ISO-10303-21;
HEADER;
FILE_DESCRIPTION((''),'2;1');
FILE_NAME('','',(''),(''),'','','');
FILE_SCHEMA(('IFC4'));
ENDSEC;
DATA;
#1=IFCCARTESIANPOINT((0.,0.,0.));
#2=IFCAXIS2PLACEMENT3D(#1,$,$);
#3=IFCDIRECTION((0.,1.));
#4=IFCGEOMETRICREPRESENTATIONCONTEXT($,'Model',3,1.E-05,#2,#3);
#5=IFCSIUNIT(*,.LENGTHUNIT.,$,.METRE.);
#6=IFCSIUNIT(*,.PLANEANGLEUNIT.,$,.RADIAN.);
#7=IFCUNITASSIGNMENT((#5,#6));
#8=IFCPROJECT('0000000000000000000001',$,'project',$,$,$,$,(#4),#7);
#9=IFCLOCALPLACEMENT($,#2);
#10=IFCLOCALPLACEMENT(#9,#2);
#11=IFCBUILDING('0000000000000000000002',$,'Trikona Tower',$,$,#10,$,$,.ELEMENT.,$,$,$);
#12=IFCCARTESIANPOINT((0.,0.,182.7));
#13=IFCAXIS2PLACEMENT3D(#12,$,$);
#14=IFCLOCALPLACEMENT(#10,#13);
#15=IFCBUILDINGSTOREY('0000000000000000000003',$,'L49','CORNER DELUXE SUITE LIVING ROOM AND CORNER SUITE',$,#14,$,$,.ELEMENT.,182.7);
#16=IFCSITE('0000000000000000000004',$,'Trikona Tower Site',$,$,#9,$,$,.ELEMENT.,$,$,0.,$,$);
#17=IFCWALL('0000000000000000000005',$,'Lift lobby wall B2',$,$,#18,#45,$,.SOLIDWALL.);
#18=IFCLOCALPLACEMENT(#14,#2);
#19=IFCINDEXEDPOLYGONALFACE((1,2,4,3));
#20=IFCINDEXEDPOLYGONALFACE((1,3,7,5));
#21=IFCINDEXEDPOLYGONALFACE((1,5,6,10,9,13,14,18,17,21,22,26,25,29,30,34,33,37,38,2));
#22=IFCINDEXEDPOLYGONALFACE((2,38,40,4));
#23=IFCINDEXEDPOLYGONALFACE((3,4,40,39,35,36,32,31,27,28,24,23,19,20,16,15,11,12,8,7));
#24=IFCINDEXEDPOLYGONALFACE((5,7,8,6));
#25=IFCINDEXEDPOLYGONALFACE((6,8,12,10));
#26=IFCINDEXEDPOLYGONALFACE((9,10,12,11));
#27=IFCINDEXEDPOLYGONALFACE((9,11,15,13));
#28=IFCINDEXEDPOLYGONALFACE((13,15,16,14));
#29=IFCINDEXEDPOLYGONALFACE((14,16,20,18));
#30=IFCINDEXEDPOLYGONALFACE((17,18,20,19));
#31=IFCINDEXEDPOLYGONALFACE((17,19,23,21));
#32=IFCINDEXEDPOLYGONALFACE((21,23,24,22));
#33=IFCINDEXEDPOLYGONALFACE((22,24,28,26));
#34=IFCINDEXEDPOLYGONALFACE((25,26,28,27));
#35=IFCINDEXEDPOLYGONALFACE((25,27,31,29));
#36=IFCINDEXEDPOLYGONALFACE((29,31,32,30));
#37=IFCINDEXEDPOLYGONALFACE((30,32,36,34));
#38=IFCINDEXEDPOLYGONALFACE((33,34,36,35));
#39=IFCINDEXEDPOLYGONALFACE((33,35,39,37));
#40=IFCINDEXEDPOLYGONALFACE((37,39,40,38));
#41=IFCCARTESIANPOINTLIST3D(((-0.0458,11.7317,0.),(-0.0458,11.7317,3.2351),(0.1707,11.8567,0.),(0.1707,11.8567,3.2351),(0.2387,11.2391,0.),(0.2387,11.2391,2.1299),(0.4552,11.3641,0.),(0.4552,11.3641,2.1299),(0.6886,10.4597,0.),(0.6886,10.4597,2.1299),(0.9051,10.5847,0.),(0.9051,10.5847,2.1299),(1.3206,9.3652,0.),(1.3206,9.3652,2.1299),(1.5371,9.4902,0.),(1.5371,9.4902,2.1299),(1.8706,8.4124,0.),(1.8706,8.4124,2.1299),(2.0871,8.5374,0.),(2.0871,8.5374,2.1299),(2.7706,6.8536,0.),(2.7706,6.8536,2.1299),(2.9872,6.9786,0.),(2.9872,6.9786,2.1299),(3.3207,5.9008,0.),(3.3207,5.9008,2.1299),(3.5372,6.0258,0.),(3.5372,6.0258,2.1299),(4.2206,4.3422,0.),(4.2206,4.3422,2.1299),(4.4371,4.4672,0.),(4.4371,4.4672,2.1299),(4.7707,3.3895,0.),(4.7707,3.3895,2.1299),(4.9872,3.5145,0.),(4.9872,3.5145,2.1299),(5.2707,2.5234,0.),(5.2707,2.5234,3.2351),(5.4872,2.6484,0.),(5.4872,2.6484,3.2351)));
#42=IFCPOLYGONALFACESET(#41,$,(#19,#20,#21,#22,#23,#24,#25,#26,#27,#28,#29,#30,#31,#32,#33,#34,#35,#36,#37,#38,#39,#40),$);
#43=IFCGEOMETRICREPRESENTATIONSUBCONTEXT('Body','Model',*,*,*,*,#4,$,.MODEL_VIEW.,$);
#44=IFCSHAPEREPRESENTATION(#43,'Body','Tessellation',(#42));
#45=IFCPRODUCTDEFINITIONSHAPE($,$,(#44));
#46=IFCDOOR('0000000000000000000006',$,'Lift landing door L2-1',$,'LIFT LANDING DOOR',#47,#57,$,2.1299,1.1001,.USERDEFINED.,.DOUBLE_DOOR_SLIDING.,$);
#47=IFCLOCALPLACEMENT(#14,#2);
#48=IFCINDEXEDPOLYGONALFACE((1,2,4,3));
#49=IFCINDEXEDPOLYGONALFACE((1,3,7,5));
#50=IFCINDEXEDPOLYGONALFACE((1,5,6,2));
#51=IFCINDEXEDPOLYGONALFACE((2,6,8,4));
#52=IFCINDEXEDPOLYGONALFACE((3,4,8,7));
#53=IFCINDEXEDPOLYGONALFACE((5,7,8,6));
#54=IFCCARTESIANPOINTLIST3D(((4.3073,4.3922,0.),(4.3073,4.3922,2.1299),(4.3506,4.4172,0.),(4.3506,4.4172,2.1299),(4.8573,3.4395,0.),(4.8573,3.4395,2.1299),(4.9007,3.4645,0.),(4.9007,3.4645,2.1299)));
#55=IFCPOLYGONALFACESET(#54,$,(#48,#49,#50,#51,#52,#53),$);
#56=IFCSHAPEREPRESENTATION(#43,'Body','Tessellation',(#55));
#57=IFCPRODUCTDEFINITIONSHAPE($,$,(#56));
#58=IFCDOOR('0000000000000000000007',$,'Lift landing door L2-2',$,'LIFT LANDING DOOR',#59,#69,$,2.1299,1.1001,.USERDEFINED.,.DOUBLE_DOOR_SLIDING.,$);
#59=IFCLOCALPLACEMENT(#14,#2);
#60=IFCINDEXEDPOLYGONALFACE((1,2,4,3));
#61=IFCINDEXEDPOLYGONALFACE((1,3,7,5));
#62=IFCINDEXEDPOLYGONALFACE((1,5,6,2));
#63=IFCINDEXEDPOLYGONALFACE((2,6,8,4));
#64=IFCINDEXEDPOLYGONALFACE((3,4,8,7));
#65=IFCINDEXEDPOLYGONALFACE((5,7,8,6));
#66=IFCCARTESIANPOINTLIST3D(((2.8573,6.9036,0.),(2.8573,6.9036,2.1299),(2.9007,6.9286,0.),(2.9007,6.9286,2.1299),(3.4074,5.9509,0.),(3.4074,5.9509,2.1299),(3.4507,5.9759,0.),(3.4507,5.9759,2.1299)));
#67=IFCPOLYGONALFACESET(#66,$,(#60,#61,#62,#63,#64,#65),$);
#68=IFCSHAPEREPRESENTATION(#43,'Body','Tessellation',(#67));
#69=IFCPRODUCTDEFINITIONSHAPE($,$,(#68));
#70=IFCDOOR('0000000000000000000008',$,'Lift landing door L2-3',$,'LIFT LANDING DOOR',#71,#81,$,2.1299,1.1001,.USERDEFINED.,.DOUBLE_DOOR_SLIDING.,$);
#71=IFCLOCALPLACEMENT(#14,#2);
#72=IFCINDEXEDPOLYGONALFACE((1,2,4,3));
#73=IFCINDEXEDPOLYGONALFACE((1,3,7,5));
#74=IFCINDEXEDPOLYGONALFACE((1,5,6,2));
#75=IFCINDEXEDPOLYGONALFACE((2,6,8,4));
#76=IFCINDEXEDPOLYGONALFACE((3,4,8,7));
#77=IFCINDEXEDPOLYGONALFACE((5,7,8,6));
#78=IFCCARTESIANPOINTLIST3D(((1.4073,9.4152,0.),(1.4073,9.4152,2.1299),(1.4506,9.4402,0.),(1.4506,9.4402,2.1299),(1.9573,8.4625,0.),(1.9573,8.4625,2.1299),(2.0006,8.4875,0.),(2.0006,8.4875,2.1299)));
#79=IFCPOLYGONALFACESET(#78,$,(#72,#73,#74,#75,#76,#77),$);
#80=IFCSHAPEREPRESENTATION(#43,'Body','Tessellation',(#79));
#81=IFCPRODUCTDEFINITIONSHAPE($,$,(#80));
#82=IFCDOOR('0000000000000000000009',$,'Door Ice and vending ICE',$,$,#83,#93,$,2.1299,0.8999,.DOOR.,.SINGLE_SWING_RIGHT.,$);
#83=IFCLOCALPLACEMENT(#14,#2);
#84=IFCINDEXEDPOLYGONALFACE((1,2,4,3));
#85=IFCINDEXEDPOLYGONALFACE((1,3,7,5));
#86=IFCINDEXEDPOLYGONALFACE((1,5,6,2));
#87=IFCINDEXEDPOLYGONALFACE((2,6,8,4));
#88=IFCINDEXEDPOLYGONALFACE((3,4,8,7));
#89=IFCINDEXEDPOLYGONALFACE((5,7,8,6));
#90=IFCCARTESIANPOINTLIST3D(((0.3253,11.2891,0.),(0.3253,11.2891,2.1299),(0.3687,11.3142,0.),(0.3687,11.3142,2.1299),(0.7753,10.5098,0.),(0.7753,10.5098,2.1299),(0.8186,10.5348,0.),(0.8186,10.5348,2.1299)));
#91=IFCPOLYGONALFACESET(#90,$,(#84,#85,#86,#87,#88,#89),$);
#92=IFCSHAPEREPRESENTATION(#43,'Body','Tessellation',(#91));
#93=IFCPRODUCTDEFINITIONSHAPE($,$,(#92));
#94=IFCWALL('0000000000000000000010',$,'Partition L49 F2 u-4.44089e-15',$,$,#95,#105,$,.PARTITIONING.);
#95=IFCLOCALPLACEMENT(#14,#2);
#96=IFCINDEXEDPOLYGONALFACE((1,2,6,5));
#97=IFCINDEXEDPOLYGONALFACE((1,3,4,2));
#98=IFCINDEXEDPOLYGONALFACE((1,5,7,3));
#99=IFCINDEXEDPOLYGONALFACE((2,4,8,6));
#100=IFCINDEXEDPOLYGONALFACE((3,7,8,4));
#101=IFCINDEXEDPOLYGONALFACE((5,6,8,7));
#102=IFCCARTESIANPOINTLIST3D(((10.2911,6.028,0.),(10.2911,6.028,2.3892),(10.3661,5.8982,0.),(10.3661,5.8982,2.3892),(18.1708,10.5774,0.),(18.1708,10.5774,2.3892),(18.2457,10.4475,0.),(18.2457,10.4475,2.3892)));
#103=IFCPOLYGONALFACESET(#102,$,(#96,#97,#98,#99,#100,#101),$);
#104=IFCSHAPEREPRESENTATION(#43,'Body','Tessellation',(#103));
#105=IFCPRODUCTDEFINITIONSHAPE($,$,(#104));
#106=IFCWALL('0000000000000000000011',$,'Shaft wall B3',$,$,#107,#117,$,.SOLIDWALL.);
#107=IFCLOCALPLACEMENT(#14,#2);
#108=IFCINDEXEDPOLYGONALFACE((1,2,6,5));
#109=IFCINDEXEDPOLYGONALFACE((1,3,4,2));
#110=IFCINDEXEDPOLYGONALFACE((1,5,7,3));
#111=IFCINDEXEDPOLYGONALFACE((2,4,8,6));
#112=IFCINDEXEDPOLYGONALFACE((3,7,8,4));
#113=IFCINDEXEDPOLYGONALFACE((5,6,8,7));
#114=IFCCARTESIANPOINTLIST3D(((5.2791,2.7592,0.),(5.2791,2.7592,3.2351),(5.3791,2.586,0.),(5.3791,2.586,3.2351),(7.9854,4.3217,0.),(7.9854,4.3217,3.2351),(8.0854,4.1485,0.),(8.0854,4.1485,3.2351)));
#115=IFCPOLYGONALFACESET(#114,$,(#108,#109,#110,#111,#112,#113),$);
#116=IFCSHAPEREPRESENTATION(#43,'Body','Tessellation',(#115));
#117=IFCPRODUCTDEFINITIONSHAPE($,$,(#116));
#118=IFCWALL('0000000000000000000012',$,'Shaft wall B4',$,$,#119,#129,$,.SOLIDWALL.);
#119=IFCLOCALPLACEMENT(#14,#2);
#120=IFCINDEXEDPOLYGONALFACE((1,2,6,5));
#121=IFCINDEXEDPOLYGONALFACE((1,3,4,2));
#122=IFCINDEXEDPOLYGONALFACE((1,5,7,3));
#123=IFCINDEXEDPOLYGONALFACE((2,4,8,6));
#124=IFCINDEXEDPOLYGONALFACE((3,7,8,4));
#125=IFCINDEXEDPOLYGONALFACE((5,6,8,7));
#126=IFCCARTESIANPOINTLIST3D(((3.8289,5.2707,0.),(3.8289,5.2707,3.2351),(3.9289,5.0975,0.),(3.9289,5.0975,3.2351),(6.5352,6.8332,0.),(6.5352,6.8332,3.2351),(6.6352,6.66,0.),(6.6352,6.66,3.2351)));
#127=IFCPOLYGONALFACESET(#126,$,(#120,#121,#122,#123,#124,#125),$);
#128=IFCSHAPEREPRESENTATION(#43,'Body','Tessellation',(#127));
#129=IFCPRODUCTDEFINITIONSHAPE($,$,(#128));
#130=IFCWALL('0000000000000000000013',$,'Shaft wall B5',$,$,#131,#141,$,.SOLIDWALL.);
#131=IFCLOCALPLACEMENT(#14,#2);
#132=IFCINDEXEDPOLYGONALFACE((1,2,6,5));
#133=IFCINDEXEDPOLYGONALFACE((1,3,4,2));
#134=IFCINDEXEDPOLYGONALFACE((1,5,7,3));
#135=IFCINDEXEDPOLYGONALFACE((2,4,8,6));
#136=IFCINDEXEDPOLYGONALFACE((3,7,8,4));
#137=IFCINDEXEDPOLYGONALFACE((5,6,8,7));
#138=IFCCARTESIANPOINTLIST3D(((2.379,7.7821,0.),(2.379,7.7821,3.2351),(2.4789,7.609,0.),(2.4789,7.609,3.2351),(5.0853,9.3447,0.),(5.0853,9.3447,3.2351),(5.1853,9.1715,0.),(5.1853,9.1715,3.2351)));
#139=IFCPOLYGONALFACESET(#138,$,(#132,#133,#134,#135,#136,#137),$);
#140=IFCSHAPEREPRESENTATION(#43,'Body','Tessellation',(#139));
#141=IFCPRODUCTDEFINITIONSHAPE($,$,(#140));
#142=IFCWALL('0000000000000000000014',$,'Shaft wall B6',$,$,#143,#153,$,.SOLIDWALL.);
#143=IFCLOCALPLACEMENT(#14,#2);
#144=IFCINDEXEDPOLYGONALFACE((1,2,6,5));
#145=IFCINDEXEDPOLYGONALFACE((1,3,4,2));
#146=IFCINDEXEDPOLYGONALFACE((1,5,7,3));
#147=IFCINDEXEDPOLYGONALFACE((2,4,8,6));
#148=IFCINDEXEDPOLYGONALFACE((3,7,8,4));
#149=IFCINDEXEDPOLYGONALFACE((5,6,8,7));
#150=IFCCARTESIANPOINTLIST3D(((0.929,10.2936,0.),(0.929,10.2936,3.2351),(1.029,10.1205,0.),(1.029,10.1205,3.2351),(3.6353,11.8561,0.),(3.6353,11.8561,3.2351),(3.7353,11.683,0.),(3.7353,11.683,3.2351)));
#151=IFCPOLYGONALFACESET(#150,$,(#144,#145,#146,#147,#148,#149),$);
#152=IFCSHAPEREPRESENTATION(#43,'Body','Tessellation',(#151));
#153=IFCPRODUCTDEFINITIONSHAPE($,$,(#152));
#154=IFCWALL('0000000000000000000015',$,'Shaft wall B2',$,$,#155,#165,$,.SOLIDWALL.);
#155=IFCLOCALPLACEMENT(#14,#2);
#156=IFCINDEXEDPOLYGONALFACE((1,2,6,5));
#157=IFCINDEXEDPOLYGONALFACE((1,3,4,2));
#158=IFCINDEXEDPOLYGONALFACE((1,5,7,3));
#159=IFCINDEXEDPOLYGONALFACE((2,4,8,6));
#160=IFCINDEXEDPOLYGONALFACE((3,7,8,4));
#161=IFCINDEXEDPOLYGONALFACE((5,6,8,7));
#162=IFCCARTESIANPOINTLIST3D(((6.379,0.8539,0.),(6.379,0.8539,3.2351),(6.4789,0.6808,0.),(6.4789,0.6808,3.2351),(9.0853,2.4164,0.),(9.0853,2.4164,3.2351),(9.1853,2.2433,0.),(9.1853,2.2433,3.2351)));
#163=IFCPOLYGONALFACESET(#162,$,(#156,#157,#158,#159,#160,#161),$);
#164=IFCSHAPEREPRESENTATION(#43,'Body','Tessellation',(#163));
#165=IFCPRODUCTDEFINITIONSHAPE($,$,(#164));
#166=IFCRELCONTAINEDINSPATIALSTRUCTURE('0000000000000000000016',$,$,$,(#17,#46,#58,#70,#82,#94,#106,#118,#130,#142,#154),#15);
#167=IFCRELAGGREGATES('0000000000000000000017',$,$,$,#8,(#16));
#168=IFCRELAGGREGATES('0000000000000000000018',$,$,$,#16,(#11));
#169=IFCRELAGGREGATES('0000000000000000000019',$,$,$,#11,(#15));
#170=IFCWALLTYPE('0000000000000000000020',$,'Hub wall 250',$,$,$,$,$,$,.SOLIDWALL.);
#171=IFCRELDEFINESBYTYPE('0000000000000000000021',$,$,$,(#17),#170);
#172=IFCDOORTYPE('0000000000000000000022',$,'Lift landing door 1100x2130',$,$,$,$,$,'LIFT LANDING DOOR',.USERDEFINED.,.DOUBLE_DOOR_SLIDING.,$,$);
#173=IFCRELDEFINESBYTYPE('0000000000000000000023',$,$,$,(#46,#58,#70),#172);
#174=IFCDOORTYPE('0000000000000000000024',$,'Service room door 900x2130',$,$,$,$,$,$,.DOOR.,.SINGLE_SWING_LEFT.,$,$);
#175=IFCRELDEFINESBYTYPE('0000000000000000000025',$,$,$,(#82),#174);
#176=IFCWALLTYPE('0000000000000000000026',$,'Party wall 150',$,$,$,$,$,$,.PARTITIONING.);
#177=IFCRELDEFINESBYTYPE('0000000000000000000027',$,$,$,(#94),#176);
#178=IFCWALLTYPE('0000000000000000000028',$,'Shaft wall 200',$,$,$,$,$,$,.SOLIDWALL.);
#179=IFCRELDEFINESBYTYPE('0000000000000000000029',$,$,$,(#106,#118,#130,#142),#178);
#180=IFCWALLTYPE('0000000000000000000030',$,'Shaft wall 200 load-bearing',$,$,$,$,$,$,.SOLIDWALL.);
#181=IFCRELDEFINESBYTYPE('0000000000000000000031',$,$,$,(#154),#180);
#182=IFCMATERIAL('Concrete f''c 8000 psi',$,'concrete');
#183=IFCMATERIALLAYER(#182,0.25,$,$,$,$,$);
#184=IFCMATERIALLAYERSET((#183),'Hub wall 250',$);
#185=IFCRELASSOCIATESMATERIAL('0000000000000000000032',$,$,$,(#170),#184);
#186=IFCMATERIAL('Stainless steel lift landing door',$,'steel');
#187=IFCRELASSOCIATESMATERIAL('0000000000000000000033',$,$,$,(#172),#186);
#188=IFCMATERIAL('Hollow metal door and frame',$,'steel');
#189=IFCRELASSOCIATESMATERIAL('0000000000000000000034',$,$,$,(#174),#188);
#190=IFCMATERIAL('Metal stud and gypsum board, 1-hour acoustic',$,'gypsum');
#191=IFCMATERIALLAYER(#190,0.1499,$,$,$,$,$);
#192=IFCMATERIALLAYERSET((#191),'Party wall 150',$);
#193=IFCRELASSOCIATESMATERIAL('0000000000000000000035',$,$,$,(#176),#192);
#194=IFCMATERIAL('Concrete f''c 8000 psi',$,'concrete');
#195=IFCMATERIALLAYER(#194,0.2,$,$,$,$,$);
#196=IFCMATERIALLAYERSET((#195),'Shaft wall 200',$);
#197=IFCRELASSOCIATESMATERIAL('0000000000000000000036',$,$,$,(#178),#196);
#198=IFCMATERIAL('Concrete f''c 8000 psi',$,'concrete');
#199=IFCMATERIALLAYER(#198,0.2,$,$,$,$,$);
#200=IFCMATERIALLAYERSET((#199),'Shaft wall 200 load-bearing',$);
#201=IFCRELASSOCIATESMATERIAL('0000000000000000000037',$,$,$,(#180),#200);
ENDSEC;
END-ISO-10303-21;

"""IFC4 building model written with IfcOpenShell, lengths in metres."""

from ifc_helpers import new_model, si_unit, direction, frame, frame_2d, origin, place, context, subcontext, project, spatial, rectangle, extrude, material, layer, layer_set, type_object, element, fill, save


model = new_model("IFC4")

# Units and contexts
model_context = context("Model", 3, precision=1e-05, world=origin(), true_north=direction((0.0, 1.0)))
body_context = subcontext(model_context, "Body", "Model", "MODEL_VIEW")
ifc_project = project(units=[si_unit("LENGTHUNIT", "METRE"), si_unit("PLANEANGLEUNIT", "RADIAN")], contexts=[model_context])

# Site, building, storey
site_placement = place(None, origin())
site = spatial("IfcSite", under=ifc_project, at=site_placement, Name="Trikona Tower Site", CompositionType="ELEMENT", RefElevation=0.0)
building_placement = place(site_placement, origin())
building = spatial("IfcBuilding", under=site, at=building_placement, Name="Trikona Tower", CompositionType="ELEMENT")
storey_placement = place(building_placement, frame((0.0, 0.0, 182.7)))
storey = spatial("IfcBuildingStorey", under=building, at=storey_placement, Name="L49", Description="CORNER DELUXE SUITE LIVING ROOM AND CORNER SUITE", CompositionType="ELEMENT", Elevation=182.7)

# Wall, openings, doors
ifc_material_1 = material(Name="Concrete f'c 8000 psi", Category="concrete")
ifc_layer_1 = layer(ifc_material_1, 0.25)
ifc_layer_set_1 = layer_set([ifc_layer_1], Name="Hub wall 250")
wall_type_1 = type_object("IfcWallType", Name="Hub wall 250", PredefinedType="SOLIDWALL", material=ifc_layer_set_1)
wall_1_placement = place(storey_placement, frame((5.3789, 2.5859, 0.0), z_axis=(0.0, 0.0, 1.0), x_axis=(-0.500001, 0.866025, 0.0)))
wall_1 = element("IfcWall", 1, at=wall_1_placement, inside=storey, type_object=wall_type_1, Name="Lift lobby wall B2", PredefinedType="SOLIDWALL", context=body_context, shape_type="SweptSolid", body=[
    extrude(rectangle(XDim=10.6328, YDim=0.25, at=frame_2d((5.3164, 0.0))), origin(), (0.0, 0.0, 1.0), 3.2351),
])
opening_1_placement = place(wall_1_placement, frame((9.1641, 0.0, 0.0)))
opening_1 = element("IfcOpeningElement", 2, at=opening_1_placement, cuts=wall_1, PredefinedType="OPENING", context=body_context, shape_type="SweptSolid", body=[
    extrude(rectangle(XDim=0.8999, YDim=2.1299, at=frame_2d((0.45, 1.0649))), frame((0.0, 0.135, 0.0), z_axis=(0.0, -1.0, 0.0), x_axis=(1.0, 0.0, 0.0)), (0.0, 0.0, 1.0), 0.27),
])
opening_2_placement = place(wall_1_placement, frame((1.0, 0.0, 0.0)))
opening_2 = element("IfcOpeningElement", 3, at=opening_2_placement, cuts=wall_1, PredefinedType="OPENING", context=body_context, shape_type="SweptSolid", body=[
    extrude(rectangle(XDim=1.1001, YDim=2.1299, at=frame_2d((0.55, 1.0649))), frame((0.0, 0.135, 0.0), z_axis=(0.0, -1.0, 0.0), x_axis=(1.0, 0.0, 0.0)), (0.0, 0.0, 1.0), 0.27),
])
opening_3_placement = place(wall_1_placement, frame((3.8999, 0.0, 0.0)))
opening_3 = element("IfcOpeningElement", 4, at=opening_3_placement, cuts=wall_1, PredefinedType="OPENING", context=body_context, shape_type="SweptSolid", body=[
    extrude(rectangle(XDim=1.1001, YDim=2.1299, at=frame_2d((0.55, 1.0649))), frame((0.0, 0.135, 0.0), z_axis=(0.0, -1.0, 0.0), x_axis=(1.0, 0.0, 0.0)), (0.0, 0.0, 1.0), 0.27),
])
opening_4_placement = place(wall_1_placement, frame((6.8, 0.0, 0.0)))
opening_4 = element("IfcOpeningElement", 5, at=opening_4_placement, cuts=wall_1, PredefinedType="OPENING", context=body_context, shape_type="SweptSolid", body=[
    extrude(rectangle(XDim=1.1001, YDim=2.1299, at=frame_2d((0.55, 1.0649))), frame((0.0, 0.135, 0.0), z_axis=(0.0, -1.0, 0.0), x_axis=(1.0, 0.0, 0.0)), (0.0, 0.0, 1.0), 0.27),
])
ifc_material_2 = material(Name="Stainless steel lift landing door", Category="steel")
door_type_1 = type_object("IfcDoorType", Name="Lift landing door 1100x2130", ElementType="LIFT LANDING DOOR", OperationType="DOUBLE_DOOR_SLIDING", PredefinedType="USERDEFINED", material=ifc_material_2)
door_1_placement = place(opening_2_placement, origin())
door_1 = element("IfcDoor", 6, at=door_1_placement, inside=storey, type_object=door_type_1, Name="Lift landing door L2-1", ObjectType="LIFT LANDING DOOR", OperationType="DOUBLE_DOOR_SLIDING", OverallHeight=2.1299, OverallWidth=1.1001, PredefinedType="USERDEFINED", context=body_context, shape_type="SweptSolid", body=[
    extrude(rectangle(XDim=1.1001, YDim=2.1299, at=frame_2d((0.55, 1.0649))), frame((0.0, 0.0249, 0.0), z_axis=(0.0, -1.0, 0.0), x_axis=(1.0, 0.0, 0.0)), (0.0, 0.0, 1.0), 0.05),
])
fill(opening_2, door_1)
door_2_placement = place(opening_3_placement, origin())
door_2 = element("IfcDoor", 7, at=door_2_placement, inside=storey, type_object=door_type_1, Name="Lift landing door L2-2", ObjectType="LIFT LANDING DOOR", OperationType="DOUBLE_DOOR_SLIDING", OverallHeight=2.1299, OverallWidth=1.1001, PredefinedType="USERDEFINED", context=body_context, shape_type="SweptSolid", body=[
    extrude(rectangle(XDim=1.1001, YDim=2.1299, at=frame_2d((0.55, 1.0649))), frame((0.0, 0.0249, 0.0), z_axis=(0.0, -1.0, 0.0), x_axis=(1.0, 0.0, 0.0)), (0.0, 0.0, 1.0), 0.05),
])
fill(opening_3, door_2)
door_3_placement = place(opening_4_placement, origin())
door_3 = element("IfcDoor", 8, at=door_3_placement, inside=storey, type_object=door_type_1, Name="Lift landing door L2-3", ObjectType="LIFT LANDING DOOR", OperationType="DOUBLE_DOOR_SLIDING", OverallHeight=2.1299, OverallWidth=1.1001, PredefinedType="USERDEFINED", context=body_context, shape_type="SweptSolid", body=[
    extrude(rectangle(XDim=1.1001, YDim=2.1299, at=frame_2d((0.55, 1.0649))), frame((0.0, 0.0249, 0.0), z_axis=(0.0, -1.0, 0.0), x_axis=(1.0, 0.0, 0.0)), (0.0, 0.0, 1.0), 0.05),
])
fill(opening_4, door_3)
ifc_material_3 = material(Name="Hollow metal door and frame", Category="steel")
door_type_2 = type_object("IfcDoorType", Name="Service room door 900x2130", OperationType="SINGLE_SWING_LEFT", PredefinedType="DOOR", material=ifc_material_3)
door_4_placement = place(opening_1_placement, origin())
door_4 = element("IfcDoor", 9, at=door_4_placement, inside=storey, type_object=door_type_2, Name="Door Ice and vending ICE", OperationType="SINGLE_SWING_RIGHT", OverallHeight=2.1299, OverallWidth=0.8999, PredefinedType="DOOR", context=body_context, shape_type="SweptSolid", body=[
    extrude(rectangle(XDim=0.8999, YDim=2.1299, at=frame_2d((0.45, 1.0649))), frame((0.0, 0.0249, 0.0), z_axis=(0.0, -1.0, 0.0), x_axis=(1.0, 0.0, 0.0)), (0.0, 0.0, 1.0), 0.05),
])
fill(opening_1, door_4)

# Walls
ifc_material_4 = material(Name="Metal stud and gypsum board, 1-hour acoustic", Category="gypsum")
ifc_layer_2 = layer(ifc_material_4, 0.1499)
ifc_layer_set_2 = layer_set([ifc_layer_2], Name="Party wall 150")
wall_type_2 = type_object("IfcWallType", Name="Party wall 150", PredefinedType="PARTITIONING", material=ifc_layer_set_2)
wall_2_placement = place(storey_placement, frame((10.3286, 5.9631, 0.0), z_axis=(0.0, 0.0, 1.0), x_axis=(0.866025, 0.5, 0.0)))
element("IfcWall", 10, at=wall_2_placement, inside=storey, type_object=wall_type_2, Name="Partition L49 F2 u-4.44089e-15", PredefinedType="PARTITIONING", context=body_context, shape_type="SweptSolid", body=[
    extrude(rectangle(XDim=9.0986, YDim=0.1499, at=frame_2d((4.5493, 0.0))), origin(), (0.0, 0.0, 1.0), 2.3892),
])
ifc_material_5 = material(Name="Concrete f'c 8000 psi", Category="concrete")
ifc_layer_3 = layer(ifc_material_5, 0.2)
ifc_layer_set_3 = layer_set([ifc_layer_3], Name="Shaft wall 200")
wall_type_3 = type_object("IfcWallType", Name="Shaft wall 200", PredefinedType="SOLIDWALL", material=ifc_layer_set_3)
for number, where, z_axis, x_axis, name in (
    (11, (5.3291, 2.6726, 0.0), (0.0, 0.0, 1.0), (0.866023, 0.500004, 0.0), "Shaft wall B3"),
    (12, (3.8789, 5.1841, 0.0), (0.0, 0.0, 1.0), (0.866023, 0.500004, 0.0), "Shaft wall B4"),
    (13, (2.429, 7.6956, 0.0), (0.0, 0.0, 1.0), (0.866023, 0.500004, 0.0), "Shaft wall B5"),
    (14, (0.979, 10.207, 0.0), (0.0, 0.0, 1.0), (0.866023, 0.500004, 0.0), "Shaft wall B6"),
):
    element("IfcWall", number, at=place(storey_placement, frame(where, z_axis=z_axis, x_axis=x_axis)), inside=storey, type_object=wall_type_3, Name=name, PredefinedType="SOLIDWALL", context=body_context, shape_type="SweptSolid", body=[
        extrude(rectangle(XDim=3.125, YDim=0.2, at=frame_2d((1.5625, 0.0))), origin(), (0.0, 0.0, 1.0), 3.2351),
    ])
ifc_material_6 = material(Name="Concrete f'c 8000 psi", Category="concrete")
ifc_layer_4 = layer(ifc_material_6, 0.2)
ifc_layer_set_4 = layer_set([ifc_layer_4], Name="Shaft wall 200 load-bearing")
wall_type_4 = type_object("IfcWallType", Name="Shaft wall 200 load-bearing", PredefinedType="SOLIDWALL", material=ifc_layer_set_4)
wall_3_placement = place(storey_placement, frame((6.429, 0.7673, 0.0), z_axis=(0.0, 0.0, 1.0), x_axis=(0.866023, 0.500004, 0.0)))
element("IfcWall", 15, at=wall_3_placement, inside=storey, type_object=wall_type_4, Name="Shaft wall B2", PredefinedType="SOLIDWALL", context=body_context, shape_type="SweptSolid", body=[
    extrude(rectangle(XDim=3.125, YDim=0.2, at=frame_2d((1.5625, 0.0))), origin(), (0.0, 0.0, 1.0), 3.2351),
])

save(model, "model.ifc")
